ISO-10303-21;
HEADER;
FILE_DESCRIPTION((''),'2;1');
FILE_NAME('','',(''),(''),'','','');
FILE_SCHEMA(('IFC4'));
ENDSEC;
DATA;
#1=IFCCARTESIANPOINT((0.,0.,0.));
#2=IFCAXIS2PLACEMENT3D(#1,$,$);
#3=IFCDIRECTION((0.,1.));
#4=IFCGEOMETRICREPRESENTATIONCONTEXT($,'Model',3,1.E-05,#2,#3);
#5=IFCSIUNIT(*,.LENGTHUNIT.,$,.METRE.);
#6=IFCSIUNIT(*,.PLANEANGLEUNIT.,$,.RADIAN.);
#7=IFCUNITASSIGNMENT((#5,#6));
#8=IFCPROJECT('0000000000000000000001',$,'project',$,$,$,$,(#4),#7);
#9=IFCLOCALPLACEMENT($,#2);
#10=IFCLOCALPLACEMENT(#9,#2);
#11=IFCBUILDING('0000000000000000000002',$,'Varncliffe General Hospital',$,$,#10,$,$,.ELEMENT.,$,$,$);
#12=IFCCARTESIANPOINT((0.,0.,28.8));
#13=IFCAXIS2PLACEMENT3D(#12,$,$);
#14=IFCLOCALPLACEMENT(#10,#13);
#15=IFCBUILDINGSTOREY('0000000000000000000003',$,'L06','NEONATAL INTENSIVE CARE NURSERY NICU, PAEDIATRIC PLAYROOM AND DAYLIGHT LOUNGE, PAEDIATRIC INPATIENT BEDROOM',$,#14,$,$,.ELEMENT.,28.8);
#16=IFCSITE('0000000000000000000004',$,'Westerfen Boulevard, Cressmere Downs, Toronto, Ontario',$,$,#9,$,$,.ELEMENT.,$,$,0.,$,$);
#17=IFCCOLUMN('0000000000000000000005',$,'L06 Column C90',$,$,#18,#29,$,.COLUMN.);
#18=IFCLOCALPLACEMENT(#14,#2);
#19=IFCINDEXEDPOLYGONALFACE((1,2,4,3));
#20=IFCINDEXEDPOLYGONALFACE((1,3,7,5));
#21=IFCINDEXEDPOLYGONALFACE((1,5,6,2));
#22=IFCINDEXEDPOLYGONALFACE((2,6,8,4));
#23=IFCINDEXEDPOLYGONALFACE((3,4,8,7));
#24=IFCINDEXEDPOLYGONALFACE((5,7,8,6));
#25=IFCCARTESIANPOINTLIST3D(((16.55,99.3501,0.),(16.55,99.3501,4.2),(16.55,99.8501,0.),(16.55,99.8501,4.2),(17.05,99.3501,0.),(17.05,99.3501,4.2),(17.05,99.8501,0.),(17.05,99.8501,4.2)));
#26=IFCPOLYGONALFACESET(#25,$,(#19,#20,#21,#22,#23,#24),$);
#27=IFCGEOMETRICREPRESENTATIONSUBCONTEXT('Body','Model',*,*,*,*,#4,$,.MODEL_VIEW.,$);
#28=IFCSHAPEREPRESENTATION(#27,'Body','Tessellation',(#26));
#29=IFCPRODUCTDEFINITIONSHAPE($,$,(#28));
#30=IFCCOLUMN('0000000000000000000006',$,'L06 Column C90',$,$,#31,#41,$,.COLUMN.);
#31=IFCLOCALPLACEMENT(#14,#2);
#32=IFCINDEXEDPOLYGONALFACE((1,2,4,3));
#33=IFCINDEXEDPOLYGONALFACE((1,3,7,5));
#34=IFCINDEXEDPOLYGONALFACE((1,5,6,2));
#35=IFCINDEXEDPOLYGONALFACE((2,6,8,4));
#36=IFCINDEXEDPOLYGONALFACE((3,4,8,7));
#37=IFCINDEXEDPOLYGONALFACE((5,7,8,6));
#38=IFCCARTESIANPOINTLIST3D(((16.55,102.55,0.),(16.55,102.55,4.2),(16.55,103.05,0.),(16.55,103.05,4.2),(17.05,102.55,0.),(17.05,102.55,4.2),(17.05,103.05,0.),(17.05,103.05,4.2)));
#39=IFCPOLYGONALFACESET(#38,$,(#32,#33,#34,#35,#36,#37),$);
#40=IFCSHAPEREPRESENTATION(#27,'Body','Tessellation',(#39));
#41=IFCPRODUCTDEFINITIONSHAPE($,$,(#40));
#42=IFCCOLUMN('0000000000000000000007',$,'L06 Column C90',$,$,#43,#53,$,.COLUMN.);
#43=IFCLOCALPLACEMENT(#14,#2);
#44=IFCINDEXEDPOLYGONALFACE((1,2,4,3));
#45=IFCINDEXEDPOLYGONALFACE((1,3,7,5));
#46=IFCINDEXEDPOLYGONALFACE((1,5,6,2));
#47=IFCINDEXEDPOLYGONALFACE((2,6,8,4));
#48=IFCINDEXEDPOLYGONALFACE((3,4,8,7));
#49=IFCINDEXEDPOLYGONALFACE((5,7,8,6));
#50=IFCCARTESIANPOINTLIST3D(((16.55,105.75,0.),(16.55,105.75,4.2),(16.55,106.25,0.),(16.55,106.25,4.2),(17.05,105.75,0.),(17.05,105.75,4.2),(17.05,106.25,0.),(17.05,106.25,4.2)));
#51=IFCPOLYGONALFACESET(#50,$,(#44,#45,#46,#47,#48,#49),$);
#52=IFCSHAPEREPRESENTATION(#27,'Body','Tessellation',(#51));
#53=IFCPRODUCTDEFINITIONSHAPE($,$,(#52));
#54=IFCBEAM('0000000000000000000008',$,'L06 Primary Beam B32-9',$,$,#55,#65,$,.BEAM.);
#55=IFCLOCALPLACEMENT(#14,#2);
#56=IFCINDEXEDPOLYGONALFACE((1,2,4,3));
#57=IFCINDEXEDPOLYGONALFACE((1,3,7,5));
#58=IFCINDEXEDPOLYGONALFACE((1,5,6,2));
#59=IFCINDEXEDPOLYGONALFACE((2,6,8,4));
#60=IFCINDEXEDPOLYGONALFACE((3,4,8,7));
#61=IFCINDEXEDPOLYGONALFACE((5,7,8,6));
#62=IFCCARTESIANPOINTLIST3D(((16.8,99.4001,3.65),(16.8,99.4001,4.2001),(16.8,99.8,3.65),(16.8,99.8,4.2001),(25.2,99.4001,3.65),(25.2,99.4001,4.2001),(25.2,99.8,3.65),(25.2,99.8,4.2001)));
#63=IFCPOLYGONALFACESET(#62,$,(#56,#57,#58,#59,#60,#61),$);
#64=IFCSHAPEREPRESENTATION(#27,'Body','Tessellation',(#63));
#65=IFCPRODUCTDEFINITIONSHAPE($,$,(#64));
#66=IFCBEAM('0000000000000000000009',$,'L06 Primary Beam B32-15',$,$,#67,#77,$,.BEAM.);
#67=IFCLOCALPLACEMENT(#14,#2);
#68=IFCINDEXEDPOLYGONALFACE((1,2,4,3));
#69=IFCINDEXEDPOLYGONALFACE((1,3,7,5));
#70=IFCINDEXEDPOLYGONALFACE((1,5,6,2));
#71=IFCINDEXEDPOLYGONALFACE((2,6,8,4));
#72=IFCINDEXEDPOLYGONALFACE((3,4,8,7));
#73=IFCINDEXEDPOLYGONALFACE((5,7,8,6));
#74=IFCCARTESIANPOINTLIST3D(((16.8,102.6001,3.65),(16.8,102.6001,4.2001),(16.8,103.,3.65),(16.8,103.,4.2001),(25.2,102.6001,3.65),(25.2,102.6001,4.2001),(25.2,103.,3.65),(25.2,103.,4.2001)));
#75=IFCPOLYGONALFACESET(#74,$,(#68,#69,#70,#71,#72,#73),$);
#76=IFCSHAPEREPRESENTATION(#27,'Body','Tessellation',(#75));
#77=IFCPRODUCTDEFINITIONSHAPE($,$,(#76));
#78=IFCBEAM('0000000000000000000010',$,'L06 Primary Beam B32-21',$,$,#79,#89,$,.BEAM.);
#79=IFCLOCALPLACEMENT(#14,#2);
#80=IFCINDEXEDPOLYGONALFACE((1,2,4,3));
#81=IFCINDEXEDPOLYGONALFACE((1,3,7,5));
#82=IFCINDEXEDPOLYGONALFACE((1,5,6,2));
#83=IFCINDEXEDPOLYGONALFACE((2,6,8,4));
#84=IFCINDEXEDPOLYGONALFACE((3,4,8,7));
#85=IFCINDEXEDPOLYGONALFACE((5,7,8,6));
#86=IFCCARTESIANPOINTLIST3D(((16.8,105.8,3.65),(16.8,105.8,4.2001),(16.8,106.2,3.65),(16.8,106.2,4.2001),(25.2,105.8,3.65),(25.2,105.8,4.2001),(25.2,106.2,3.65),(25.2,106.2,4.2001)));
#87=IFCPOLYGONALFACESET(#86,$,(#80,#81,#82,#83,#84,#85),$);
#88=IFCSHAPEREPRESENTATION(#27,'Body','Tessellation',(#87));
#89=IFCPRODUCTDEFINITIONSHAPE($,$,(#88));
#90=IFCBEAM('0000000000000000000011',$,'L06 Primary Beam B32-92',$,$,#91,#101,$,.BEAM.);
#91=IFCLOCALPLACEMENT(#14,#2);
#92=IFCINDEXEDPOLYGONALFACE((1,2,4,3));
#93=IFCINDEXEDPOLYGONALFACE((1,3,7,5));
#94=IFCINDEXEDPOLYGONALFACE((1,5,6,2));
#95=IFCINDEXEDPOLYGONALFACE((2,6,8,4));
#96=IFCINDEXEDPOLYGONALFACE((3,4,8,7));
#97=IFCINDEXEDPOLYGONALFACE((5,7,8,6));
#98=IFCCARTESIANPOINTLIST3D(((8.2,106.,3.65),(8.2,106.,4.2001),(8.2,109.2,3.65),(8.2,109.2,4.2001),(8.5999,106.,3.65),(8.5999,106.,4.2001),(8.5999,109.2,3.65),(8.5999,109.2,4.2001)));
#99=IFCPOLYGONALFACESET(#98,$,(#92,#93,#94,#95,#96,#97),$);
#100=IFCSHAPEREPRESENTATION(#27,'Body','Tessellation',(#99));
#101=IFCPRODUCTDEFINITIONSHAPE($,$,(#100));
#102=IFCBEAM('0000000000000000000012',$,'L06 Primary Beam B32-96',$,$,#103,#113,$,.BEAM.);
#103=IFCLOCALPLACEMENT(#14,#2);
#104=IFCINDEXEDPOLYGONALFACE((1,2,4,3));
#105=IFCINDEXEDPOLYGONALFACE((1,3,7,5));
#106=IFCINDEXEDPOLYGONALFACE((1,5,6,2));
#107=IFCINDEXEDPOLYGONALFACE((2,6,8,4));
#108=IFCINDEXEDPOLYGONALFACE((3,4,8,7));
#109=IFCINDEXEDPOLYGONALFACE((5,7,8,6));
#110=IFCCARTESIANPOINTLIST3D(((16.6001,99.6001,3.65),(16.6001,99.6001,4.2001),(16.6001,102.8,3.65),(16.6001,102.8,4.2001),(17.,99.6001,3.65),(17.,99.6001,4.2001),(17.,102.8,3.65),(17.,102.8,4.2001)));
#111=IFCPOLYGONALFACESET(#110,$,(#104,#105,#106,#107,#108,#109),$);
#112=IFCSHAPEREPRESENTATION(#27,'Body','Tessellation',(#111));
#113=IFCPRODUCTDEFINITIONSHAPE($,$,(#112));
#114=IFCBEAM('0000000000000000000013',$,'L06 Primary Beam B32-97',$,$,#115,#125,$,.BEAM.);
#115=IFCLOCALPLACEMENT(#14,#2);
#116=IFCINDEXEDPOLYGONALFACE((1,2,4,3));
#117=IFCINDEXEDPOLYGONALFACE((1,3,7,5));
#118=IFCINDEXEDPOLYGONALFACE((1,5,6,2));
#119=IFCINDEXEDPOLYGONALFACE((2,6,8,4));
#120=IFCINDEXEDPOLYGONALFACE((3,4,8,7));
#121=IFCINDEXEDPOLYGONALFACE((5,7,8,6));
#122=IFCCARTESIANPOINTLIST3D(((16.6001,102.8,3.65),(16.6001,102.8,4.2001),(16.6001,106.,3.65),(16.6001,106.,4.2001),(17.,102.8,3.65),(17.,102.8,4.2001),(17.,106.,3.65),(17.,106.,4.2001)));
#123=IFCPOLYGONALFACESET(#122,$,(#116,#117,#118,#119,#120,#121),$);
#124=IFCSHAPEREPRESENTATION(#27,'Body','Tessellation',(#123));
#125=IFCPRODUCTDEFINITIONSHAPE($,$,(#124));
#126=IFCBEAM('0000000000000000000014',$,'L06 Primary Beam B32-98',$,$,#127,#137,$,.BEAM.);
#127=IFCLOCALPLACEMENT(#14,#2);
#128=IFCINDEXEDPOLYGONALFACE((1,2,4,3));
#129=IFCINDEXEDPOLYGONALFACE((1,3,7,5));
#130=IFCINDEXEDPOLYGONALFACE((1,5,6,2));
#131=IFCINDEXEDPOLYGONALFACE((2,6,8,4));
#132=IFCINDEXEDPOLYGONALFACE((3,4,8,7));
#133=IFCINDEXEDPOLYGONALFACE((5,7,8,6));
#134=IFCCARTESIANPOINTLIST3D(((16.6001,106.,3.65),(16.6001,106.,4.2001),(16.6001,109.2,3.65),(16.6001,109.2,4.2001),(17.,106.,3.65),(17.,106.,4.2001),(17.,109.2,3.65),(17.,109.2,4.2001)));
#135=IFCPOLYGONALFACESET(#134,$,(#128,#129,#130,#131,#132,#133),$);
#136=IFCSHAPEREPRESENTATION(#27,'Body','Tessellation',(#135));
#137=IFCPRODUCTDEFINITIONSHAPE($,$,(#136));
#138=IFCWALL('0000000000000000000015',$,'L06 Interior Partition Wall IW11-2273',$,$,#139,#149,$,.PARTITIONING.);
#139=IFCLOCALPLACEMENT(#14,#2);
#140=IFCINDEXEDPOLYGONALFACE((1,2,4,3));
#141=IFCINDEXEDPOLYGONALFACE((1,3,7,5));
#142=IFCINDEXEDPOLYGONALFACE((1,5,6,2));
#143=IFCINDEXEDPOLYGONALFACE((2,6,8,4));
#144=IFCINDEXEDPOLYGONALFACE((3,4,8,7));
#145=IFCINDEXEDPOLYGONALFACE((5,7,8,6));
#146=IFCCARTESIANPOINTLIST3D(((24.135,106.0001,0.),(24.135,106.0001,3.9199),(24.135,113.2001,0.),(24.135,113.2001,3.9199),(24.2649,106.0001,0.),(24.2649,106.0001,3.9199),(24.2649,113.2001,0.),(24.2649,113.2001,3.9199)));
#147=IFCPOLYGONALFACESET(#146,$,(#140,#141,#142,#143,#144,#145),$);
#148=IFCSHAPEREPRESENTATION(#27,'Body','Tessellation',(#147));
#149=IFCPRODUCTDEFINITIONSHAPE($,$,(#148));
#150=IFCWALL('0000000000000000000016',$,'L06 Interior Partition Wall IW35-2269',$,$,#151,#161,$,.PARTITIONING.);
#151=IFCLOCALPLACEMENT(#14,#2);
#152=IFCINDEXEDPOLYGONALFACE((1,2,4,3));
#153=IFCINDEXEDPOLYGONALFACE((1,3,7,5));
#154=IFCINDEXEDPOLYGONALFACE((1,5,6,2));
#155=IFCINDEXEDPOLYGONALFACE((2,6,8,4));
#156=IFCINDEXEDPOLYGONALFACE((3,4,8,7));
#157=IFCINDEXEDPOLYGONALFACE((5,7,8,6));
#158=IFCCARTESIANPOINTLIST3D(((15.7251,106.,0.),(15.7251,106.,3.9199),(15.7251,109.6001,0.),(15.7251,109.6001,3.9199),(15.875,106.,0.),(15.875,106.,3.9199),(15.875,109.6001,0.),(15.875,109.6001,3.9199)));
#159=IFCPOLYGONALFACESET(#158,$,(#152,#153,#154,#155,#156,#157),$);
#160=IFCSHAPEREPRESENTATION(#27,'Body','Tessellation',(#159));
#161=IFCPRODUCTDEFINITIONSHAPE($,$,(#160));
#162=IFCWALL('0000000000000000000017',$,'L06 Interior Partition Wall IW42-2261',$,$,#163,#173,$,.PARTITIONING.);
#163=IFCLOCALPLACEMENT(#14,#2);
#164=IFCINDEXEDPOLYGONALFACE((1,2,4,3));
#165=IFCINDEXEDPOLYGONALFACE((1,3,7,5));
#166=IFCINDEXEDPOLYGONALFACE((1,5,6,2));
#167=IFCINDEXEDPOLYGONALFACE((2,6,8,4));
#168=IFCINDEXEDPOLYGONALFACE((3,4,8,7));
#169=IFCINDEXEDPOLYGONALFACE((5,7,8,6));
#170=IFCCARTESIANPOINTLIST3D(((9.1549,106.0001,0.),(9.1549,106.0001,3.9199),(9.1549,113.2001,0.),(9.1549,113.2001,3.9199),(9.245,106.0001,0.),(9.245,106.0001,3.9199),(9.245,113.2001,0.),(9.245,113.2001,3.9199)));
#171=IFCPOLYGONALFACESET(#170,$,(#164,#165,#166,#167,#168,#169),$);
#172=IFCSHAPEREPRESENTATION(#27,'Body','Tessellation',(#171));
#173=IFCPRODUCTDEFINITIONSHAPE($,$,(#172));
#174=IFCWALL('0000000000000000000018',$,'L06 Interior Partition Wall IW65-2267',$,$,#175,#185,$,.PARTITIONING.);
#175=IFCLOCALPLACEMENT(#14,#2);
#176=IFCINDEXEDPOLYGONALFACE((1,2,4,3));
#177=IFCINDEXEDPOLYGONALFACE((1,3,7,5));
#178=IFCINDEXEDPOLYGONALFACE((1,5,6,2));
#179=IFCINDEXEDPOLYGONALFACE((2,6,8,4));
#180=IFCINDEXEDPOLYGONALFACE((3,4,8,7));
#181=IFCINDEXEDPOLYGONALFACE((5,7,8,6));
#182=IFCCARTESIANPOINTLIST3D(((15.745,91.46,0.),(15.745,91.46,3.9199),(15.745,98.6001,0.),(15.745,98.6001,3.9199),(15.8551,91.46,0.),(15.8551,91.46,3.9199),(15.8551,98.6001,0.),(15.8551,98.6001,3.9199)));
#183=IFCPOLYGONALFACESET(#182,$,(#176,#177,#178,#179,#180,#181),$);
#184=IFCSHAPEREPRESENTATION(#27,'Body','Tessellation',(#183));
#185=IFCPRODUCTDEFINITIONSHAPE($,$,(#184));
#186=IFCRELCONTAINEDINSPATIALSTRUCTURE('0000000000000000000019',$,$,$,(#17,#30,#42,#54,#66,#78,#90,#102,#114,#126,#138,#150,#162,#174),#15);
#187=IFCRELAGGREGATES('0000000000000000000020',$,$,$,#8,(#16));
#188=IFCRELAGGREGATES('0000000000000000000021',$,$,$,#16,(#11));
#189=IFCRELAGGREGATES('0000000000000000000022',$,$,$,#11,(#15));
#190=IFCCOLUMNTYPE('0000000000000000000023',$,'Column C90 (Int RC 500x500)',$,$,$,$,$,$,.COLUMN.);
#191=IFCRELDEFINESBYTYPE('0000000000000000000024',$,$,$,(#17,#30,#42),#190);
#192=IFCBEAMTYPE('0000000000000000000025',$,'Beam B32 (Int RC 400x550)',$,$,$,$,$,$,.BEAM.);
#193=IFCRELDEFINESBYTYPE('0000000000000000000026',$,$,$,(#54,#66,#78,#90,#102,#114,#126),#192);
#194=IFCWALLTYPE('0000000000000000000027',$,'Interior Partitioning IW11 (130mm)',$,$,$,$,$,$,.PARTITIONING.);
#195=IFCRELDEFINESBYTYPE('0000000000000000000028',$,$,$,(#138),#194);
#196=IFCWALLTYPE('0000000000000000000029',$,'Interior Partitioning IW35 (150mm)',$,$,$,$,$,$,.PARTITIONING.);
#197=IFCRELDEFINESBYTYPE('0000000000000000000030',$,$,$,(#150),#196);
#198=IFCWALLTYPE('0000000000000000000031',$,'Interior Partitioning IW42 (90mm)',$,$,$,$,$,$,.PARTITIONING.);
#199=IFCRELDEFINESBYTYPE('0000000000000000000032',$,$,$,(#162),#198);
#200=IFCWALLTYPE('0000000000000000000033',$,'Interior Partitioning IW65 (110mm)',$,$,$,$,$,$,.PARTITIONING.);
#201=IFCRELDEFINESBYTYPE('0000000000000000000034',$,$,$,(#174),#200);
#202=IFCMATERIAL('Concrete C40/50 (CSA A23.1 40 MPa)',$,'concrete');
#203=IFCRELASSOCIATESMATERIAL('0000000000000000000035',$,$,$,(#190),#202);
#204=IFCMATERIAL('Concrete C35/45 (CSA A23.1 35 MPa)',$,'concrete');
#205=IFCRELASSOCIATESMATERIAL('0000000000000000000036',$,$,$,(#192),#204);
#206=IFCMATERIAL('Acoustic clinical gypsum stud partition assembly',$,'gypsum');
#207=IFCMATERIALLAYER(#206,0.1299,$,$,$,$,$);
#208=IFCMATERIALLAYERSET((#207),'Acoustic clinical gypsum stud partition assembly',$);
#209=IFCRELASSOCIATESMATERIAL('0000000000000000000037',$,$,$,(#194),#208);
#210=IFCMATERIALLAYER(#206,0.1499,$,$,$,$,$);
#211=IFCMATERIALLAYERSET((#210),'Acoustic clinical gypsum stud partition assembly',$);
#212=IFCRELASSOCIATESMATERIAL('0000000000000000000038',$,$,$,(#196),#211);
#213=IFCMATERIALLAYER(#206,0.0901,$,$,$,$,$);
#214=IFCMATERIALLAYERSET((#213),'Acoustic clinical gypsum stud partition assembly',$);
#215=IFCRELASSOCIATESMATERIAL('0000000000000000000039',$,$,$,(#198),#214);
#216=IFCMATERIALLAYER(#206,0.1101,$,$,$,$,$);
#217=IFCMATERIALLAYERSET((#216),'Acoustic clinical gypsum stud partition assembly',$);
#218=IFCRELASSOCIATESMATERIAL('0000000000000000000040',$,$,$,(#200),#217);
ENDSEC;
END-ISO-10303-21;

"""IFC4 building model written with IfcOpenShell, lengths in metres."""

from ifc_helpers import new_model, si_unit, direction, frame, frame_2d, origin, origin_2d, place, context, subcontext, project, spatial, rectangle, extrude, material, layer, layer_set, material_profile, profile_set, type_object, element, save


model = new_model("IFC4")

# Units and contexts
model_context = context("Model", 3, precision=1e-05, world=origin(), true_north=direction((0.0, 1.0)))
body_context = subcontext(model_context, "Body", "Model", "MODEL_VIEW")
ifc_project = project(units=[si_unit("LENGTHUNIT", "METRE"), si_unit("PLANEANGLEUNIT", "RADIAN")], contexts=[model_context])

# Site, building, storey
site_placement = place(None, origin())
site = spatial("IfcSite", under=ifc_project, at=site_placement, Name="Westerfen Boulevard, Cressmere Downs, Toronto, Ontario", CompositionType="ELEMENT", RefElevation=0.0)
building_placement = place(site_placement, origin())
building = spatial("IfcBuilding", under=site, at=building_placement, Name="Varncliffe General Hospital", CompositionType="ELEMENT")
storey_placement = place(building_placement, frame((0.0, 0.0, 28.8)))
storey = spatial("IfcBuildingStorey", under=building, at=storey_placement, Name="L06", Description="NEONATAL INTENSIVE CARE NURSERY NICU, PAEDIATRIC PLAYROOM AND DAYLIGHT LOUNGE, PAEDIATRIC INPATIENT BEDROOM", CompositionType="ELEMENT", Elevation=28.8)

# Columns
ifc_material_1 = material(Name="Concrete C40/50 (CSA A23.1 40 MPa)", Category="concrete")
ifc_material_profile_1 = material_profile(ifc_material_1, rectangle(XDim=0.5, YDim=0.5, at=origin_2d()), Name="RC 500x500")
ifc_profile_set_1 = profile_set([ifc_material_profile_1], Name="Concrete C40/50 (CSA A23.1 40 MPa)")
column_type = type_object("IfcColumnType", Name="Column C90 (Int RC 500x500)", PredefinedType="COLUMN", material=ifc_profile_set_1)
for number, where, z_axis, x_axis, name in (
    (1, (16.8, 99.6001, 0.0), (0.0, 0.0, 1.0), (1.0, 0.0, 0.0), "L06 Column C90"),
    (2, (16.8, 102.8, 0.0), (0.0, 0.0, 1.0), (1.0, 0.0, 0.0), "L06 Column C90"),
    (3, (16.8, 106.0, 0.0), (0.0, 0.0, 1.0), (1.0, 0.0, 0.0), "L06 Column C90"),
):
    element("IfcColumn", number, at=place(storey_placement, frame(where, z_axis=z_axis, x_axis=x_axis)), inside=storey, type_object=column_type, Name=name, PredefinedType="COLUMN", context=body_context, shape_type="SweptSolid", body=[
        extrude(rectangle(XDim=0.5, YDim=0.5, at=origin_2d()), origin(), (0.0, 0.0, 1.0), 4.2),
    ])

# Beams
ifc_material_2 = material(Name="Concrete C35/45 (CSA A23.1 35 MPa)", Category="concrete")
ifc_material_profile_2 = material_profile(ifc_material_2, rectangle(XDim=0.3999, YDim=0.55, at=origin_2d()), Name="RC 400x550")
ifc_profile_set_2 = profile_set([ifc_material_profile_2], Name="Concrete C35/45 (CSA A23.1 35 MPa)")
beam_type = type_object("IfcBeamType", Name="Beam B32 (Int RC 400x550)", PredefinedType="BEAM", material=ifc_profile_set_2)
for number, where, z_axis, x_axis, name in (
    (4, (16.8, 99.6001, 3.925), (1.0, 0.0, 0.0), (0.0, 1.0, 0.0), "L06 Primary Beam B32-9"),
    (5, (16.8, 102.8, 3.925), (1.0, 0.0, 0.0), (0.0, 1.0, 0.0), "L06 Primary Beam B32-15"),
    (6, (16.8, 106.0, 3.925), (1.0, 0.0, 0.0), (0.0, 1.0, 0.0), "L06 Primary Beam B32-21"),
):
    element("IfcBeam", number, at=place(storey_placement, frame(where, z_axis=z_axis, x_axis=x_axis)), inside=storey, type_object=beam_type, Name=name, PredefinedType="BEAM", context=body_context, shape_type="SweptSolid", body=[
        extrude(rectangle(XDim=0.3999, YDim=0.55, at=origin_2d()), origin(), (0.0, 0.0, 1.0), 8.3999),
    ])
for number, where, z_axis, x_axis, name in (
    (7, (8.3999, 106.0, 3.925), (0.0, 1.0, 0.0), (-1.0, 0.0, 0.0), "L06 Primary Beam B32-92"),
    (8, (16.8, 99.6001, 3.925), (0.0, 1.0, 0.0), (-1.0, 0.0, 0.0), "L06 Primary Beam B32-96"),
    (9, (16.8, 102.8, 3.925), (0.0, 1.0, 0.0), (-1.0, 0.0, 0.0), "L06 Primary Beam B32-97"),
    (10, (16.8, 106.0, 3.925), (0.0, 1.0, 0.0), (-1.0, 0.0, 0.0), "L06 Primary Beam B32-98"),
):
    element("IfcBeam", number, at=place(storey_placement, frame(where, z_axis=z_axis, x_axis=x_axis)), inside=storey, type_object=beam_type, Name=name, PredefinedType="BEAM", context=body_context, shape_type="SweptSolid", body=[
        extrude(rectangle(XDim=0.3999, YDim=0.55, at=origin_2d()), origin(), (0.0, 0.0, 1.0), 3.2),
    ])

# Walls
ifc_material_3 = material(Name="Acoustic clinical gypsum stud partition assembly", Category="gypsum")
ifc_layer_1 = layer(ifc_material_3, 0.1299)
ifc_layer_set_1 = layer_set([ifc_layer_1], Name="Acoustic clinical gypsum stud partition assembly")
wall_type_1 = type_object("IfcWallType", Name="Interior Partitioning IW11 (130mm)", PredefinedType="PARTITIONING", material=ifc_layer_set_1)
wall_1_placement = place(storey_placement, frame((24.2, 106.0, 0.0), z_axis=(0.0, 0.0, 1.0), x_axis=(0.0, 1.0, 0.0)))
element("IfcWall", 11, at=wall_1_placement, inside=storey, type_object=wall_type_1, Name="L06 Interior Partition Wall IW11-2273", PredefinedType="PARTITIONING", context=body_context, shape_type="SweptSolid", body=[
    extrude(rectangle(XDim=7.2, YDim=0.1299, at=frame_2d((3.6001, 0.0))), origin(), (0.0, 0.0, 1.0), 3.9199),
])
ifc_layer_2 = layer(ifc_material_3, 0.1499)
ifc_layer_set_2 = layer_set([ifc_layer_2], Name="Acoustic clinical gypsum stud partition assembly")
wall_type_2 = type_object("IfcWallType", Name="Interior Partitioning IW35 (150mm)", PredefinedType="PARTITIONING", material=ifc_layer_set_2)
wall_2_placement = place(storey_placement, frame((15.8, 106.0, 0.0), z_axis=(0.0, 0.0, 1.0), x_axis=(0.0, 1.0, 0.0)))
element("IfcWall", 12, at=wall_2_placement, inside=storey, type_object=wall_type_2, Name="L06 Interior Partition Wall IW35-2269", PredefinedType="PARTITIONING", context=body_context, shape_type="SweptSolid", body=[
    extrude(rectangle(XDim=3.6001, YDim=0.1499, at=frame_2d((1.8, 0.0))), origin(), (0.0, 0.0, 1.0), 3.9199),
])
ifc_layer_3 = layer(ifc_material_3, 0.0901)
ifc_layer_set_3 = layer_set([ifc_layer_3], Name="Acoustic clinical gypsum stud partition assembly")
wall_type_3 = type_object("IfcWallType", Name="Interior Partitioning IW42 (90mm)", PredefinedType="PARTITIONING", material=ifc_layer_set_3)
wall_3_placement = place(storey_placement, frame((9.2, 106.0, 0.0), z_axis=(0.0, 0.0, 1.0), x_axis=(0.0, 1.0, 0.0)))
element("IfcWall", 13, at=wall_3_placement, inside=storey, type_object=wall_type_3, Name="L06 Interior Partition Wall IW42-2261", PredefinedType="PARTITIONING", context=body_context, shape_type="SweptSolid", body=[
    extrude(rectangle(XDim=7.2, YDim=0.0901, at=frame_2d((3.6001, 0.0))), origin(), (0.0, 0.0, 1.0), 3.9199),
])
ifc_layer_4 = layer(ifc_material_3, 0.1101)
ifc_layer_set_4 = layer_set([ifc_layer_4], Name="Acoustic clinical gypsum stud partition assembly")
wall_type_4 = type_object("IfcWallType", Name="Interior Partitioning IW65 (110mm)", PredefinedType="PARTITIONING", material=ifc_layer_set_4)
wall_4_placement = place(storey_placement, frame((15.8, 91.46, 0.0), z_axis=(0.0, 0.0, 1.0), x_axis=(0.0, 1.0, 0.0)))
element("IfcWall", 14, at=wall_4_placement, inside=storey, type_object=wall_type_4, Name="L06 Interior Partition Wall IW65-2267", PredefinedType="PARTITIONING", context=body_context, shape_type="SweptSolid", body=[
    extrude(rectangle(XDim=7.1401, YDim=0.1101, at=frame_2d((3.5701, 0.0))), origin(), (0.0, 0.0, 1.0), 3.9199),
])

save(model, "model.ifc")
